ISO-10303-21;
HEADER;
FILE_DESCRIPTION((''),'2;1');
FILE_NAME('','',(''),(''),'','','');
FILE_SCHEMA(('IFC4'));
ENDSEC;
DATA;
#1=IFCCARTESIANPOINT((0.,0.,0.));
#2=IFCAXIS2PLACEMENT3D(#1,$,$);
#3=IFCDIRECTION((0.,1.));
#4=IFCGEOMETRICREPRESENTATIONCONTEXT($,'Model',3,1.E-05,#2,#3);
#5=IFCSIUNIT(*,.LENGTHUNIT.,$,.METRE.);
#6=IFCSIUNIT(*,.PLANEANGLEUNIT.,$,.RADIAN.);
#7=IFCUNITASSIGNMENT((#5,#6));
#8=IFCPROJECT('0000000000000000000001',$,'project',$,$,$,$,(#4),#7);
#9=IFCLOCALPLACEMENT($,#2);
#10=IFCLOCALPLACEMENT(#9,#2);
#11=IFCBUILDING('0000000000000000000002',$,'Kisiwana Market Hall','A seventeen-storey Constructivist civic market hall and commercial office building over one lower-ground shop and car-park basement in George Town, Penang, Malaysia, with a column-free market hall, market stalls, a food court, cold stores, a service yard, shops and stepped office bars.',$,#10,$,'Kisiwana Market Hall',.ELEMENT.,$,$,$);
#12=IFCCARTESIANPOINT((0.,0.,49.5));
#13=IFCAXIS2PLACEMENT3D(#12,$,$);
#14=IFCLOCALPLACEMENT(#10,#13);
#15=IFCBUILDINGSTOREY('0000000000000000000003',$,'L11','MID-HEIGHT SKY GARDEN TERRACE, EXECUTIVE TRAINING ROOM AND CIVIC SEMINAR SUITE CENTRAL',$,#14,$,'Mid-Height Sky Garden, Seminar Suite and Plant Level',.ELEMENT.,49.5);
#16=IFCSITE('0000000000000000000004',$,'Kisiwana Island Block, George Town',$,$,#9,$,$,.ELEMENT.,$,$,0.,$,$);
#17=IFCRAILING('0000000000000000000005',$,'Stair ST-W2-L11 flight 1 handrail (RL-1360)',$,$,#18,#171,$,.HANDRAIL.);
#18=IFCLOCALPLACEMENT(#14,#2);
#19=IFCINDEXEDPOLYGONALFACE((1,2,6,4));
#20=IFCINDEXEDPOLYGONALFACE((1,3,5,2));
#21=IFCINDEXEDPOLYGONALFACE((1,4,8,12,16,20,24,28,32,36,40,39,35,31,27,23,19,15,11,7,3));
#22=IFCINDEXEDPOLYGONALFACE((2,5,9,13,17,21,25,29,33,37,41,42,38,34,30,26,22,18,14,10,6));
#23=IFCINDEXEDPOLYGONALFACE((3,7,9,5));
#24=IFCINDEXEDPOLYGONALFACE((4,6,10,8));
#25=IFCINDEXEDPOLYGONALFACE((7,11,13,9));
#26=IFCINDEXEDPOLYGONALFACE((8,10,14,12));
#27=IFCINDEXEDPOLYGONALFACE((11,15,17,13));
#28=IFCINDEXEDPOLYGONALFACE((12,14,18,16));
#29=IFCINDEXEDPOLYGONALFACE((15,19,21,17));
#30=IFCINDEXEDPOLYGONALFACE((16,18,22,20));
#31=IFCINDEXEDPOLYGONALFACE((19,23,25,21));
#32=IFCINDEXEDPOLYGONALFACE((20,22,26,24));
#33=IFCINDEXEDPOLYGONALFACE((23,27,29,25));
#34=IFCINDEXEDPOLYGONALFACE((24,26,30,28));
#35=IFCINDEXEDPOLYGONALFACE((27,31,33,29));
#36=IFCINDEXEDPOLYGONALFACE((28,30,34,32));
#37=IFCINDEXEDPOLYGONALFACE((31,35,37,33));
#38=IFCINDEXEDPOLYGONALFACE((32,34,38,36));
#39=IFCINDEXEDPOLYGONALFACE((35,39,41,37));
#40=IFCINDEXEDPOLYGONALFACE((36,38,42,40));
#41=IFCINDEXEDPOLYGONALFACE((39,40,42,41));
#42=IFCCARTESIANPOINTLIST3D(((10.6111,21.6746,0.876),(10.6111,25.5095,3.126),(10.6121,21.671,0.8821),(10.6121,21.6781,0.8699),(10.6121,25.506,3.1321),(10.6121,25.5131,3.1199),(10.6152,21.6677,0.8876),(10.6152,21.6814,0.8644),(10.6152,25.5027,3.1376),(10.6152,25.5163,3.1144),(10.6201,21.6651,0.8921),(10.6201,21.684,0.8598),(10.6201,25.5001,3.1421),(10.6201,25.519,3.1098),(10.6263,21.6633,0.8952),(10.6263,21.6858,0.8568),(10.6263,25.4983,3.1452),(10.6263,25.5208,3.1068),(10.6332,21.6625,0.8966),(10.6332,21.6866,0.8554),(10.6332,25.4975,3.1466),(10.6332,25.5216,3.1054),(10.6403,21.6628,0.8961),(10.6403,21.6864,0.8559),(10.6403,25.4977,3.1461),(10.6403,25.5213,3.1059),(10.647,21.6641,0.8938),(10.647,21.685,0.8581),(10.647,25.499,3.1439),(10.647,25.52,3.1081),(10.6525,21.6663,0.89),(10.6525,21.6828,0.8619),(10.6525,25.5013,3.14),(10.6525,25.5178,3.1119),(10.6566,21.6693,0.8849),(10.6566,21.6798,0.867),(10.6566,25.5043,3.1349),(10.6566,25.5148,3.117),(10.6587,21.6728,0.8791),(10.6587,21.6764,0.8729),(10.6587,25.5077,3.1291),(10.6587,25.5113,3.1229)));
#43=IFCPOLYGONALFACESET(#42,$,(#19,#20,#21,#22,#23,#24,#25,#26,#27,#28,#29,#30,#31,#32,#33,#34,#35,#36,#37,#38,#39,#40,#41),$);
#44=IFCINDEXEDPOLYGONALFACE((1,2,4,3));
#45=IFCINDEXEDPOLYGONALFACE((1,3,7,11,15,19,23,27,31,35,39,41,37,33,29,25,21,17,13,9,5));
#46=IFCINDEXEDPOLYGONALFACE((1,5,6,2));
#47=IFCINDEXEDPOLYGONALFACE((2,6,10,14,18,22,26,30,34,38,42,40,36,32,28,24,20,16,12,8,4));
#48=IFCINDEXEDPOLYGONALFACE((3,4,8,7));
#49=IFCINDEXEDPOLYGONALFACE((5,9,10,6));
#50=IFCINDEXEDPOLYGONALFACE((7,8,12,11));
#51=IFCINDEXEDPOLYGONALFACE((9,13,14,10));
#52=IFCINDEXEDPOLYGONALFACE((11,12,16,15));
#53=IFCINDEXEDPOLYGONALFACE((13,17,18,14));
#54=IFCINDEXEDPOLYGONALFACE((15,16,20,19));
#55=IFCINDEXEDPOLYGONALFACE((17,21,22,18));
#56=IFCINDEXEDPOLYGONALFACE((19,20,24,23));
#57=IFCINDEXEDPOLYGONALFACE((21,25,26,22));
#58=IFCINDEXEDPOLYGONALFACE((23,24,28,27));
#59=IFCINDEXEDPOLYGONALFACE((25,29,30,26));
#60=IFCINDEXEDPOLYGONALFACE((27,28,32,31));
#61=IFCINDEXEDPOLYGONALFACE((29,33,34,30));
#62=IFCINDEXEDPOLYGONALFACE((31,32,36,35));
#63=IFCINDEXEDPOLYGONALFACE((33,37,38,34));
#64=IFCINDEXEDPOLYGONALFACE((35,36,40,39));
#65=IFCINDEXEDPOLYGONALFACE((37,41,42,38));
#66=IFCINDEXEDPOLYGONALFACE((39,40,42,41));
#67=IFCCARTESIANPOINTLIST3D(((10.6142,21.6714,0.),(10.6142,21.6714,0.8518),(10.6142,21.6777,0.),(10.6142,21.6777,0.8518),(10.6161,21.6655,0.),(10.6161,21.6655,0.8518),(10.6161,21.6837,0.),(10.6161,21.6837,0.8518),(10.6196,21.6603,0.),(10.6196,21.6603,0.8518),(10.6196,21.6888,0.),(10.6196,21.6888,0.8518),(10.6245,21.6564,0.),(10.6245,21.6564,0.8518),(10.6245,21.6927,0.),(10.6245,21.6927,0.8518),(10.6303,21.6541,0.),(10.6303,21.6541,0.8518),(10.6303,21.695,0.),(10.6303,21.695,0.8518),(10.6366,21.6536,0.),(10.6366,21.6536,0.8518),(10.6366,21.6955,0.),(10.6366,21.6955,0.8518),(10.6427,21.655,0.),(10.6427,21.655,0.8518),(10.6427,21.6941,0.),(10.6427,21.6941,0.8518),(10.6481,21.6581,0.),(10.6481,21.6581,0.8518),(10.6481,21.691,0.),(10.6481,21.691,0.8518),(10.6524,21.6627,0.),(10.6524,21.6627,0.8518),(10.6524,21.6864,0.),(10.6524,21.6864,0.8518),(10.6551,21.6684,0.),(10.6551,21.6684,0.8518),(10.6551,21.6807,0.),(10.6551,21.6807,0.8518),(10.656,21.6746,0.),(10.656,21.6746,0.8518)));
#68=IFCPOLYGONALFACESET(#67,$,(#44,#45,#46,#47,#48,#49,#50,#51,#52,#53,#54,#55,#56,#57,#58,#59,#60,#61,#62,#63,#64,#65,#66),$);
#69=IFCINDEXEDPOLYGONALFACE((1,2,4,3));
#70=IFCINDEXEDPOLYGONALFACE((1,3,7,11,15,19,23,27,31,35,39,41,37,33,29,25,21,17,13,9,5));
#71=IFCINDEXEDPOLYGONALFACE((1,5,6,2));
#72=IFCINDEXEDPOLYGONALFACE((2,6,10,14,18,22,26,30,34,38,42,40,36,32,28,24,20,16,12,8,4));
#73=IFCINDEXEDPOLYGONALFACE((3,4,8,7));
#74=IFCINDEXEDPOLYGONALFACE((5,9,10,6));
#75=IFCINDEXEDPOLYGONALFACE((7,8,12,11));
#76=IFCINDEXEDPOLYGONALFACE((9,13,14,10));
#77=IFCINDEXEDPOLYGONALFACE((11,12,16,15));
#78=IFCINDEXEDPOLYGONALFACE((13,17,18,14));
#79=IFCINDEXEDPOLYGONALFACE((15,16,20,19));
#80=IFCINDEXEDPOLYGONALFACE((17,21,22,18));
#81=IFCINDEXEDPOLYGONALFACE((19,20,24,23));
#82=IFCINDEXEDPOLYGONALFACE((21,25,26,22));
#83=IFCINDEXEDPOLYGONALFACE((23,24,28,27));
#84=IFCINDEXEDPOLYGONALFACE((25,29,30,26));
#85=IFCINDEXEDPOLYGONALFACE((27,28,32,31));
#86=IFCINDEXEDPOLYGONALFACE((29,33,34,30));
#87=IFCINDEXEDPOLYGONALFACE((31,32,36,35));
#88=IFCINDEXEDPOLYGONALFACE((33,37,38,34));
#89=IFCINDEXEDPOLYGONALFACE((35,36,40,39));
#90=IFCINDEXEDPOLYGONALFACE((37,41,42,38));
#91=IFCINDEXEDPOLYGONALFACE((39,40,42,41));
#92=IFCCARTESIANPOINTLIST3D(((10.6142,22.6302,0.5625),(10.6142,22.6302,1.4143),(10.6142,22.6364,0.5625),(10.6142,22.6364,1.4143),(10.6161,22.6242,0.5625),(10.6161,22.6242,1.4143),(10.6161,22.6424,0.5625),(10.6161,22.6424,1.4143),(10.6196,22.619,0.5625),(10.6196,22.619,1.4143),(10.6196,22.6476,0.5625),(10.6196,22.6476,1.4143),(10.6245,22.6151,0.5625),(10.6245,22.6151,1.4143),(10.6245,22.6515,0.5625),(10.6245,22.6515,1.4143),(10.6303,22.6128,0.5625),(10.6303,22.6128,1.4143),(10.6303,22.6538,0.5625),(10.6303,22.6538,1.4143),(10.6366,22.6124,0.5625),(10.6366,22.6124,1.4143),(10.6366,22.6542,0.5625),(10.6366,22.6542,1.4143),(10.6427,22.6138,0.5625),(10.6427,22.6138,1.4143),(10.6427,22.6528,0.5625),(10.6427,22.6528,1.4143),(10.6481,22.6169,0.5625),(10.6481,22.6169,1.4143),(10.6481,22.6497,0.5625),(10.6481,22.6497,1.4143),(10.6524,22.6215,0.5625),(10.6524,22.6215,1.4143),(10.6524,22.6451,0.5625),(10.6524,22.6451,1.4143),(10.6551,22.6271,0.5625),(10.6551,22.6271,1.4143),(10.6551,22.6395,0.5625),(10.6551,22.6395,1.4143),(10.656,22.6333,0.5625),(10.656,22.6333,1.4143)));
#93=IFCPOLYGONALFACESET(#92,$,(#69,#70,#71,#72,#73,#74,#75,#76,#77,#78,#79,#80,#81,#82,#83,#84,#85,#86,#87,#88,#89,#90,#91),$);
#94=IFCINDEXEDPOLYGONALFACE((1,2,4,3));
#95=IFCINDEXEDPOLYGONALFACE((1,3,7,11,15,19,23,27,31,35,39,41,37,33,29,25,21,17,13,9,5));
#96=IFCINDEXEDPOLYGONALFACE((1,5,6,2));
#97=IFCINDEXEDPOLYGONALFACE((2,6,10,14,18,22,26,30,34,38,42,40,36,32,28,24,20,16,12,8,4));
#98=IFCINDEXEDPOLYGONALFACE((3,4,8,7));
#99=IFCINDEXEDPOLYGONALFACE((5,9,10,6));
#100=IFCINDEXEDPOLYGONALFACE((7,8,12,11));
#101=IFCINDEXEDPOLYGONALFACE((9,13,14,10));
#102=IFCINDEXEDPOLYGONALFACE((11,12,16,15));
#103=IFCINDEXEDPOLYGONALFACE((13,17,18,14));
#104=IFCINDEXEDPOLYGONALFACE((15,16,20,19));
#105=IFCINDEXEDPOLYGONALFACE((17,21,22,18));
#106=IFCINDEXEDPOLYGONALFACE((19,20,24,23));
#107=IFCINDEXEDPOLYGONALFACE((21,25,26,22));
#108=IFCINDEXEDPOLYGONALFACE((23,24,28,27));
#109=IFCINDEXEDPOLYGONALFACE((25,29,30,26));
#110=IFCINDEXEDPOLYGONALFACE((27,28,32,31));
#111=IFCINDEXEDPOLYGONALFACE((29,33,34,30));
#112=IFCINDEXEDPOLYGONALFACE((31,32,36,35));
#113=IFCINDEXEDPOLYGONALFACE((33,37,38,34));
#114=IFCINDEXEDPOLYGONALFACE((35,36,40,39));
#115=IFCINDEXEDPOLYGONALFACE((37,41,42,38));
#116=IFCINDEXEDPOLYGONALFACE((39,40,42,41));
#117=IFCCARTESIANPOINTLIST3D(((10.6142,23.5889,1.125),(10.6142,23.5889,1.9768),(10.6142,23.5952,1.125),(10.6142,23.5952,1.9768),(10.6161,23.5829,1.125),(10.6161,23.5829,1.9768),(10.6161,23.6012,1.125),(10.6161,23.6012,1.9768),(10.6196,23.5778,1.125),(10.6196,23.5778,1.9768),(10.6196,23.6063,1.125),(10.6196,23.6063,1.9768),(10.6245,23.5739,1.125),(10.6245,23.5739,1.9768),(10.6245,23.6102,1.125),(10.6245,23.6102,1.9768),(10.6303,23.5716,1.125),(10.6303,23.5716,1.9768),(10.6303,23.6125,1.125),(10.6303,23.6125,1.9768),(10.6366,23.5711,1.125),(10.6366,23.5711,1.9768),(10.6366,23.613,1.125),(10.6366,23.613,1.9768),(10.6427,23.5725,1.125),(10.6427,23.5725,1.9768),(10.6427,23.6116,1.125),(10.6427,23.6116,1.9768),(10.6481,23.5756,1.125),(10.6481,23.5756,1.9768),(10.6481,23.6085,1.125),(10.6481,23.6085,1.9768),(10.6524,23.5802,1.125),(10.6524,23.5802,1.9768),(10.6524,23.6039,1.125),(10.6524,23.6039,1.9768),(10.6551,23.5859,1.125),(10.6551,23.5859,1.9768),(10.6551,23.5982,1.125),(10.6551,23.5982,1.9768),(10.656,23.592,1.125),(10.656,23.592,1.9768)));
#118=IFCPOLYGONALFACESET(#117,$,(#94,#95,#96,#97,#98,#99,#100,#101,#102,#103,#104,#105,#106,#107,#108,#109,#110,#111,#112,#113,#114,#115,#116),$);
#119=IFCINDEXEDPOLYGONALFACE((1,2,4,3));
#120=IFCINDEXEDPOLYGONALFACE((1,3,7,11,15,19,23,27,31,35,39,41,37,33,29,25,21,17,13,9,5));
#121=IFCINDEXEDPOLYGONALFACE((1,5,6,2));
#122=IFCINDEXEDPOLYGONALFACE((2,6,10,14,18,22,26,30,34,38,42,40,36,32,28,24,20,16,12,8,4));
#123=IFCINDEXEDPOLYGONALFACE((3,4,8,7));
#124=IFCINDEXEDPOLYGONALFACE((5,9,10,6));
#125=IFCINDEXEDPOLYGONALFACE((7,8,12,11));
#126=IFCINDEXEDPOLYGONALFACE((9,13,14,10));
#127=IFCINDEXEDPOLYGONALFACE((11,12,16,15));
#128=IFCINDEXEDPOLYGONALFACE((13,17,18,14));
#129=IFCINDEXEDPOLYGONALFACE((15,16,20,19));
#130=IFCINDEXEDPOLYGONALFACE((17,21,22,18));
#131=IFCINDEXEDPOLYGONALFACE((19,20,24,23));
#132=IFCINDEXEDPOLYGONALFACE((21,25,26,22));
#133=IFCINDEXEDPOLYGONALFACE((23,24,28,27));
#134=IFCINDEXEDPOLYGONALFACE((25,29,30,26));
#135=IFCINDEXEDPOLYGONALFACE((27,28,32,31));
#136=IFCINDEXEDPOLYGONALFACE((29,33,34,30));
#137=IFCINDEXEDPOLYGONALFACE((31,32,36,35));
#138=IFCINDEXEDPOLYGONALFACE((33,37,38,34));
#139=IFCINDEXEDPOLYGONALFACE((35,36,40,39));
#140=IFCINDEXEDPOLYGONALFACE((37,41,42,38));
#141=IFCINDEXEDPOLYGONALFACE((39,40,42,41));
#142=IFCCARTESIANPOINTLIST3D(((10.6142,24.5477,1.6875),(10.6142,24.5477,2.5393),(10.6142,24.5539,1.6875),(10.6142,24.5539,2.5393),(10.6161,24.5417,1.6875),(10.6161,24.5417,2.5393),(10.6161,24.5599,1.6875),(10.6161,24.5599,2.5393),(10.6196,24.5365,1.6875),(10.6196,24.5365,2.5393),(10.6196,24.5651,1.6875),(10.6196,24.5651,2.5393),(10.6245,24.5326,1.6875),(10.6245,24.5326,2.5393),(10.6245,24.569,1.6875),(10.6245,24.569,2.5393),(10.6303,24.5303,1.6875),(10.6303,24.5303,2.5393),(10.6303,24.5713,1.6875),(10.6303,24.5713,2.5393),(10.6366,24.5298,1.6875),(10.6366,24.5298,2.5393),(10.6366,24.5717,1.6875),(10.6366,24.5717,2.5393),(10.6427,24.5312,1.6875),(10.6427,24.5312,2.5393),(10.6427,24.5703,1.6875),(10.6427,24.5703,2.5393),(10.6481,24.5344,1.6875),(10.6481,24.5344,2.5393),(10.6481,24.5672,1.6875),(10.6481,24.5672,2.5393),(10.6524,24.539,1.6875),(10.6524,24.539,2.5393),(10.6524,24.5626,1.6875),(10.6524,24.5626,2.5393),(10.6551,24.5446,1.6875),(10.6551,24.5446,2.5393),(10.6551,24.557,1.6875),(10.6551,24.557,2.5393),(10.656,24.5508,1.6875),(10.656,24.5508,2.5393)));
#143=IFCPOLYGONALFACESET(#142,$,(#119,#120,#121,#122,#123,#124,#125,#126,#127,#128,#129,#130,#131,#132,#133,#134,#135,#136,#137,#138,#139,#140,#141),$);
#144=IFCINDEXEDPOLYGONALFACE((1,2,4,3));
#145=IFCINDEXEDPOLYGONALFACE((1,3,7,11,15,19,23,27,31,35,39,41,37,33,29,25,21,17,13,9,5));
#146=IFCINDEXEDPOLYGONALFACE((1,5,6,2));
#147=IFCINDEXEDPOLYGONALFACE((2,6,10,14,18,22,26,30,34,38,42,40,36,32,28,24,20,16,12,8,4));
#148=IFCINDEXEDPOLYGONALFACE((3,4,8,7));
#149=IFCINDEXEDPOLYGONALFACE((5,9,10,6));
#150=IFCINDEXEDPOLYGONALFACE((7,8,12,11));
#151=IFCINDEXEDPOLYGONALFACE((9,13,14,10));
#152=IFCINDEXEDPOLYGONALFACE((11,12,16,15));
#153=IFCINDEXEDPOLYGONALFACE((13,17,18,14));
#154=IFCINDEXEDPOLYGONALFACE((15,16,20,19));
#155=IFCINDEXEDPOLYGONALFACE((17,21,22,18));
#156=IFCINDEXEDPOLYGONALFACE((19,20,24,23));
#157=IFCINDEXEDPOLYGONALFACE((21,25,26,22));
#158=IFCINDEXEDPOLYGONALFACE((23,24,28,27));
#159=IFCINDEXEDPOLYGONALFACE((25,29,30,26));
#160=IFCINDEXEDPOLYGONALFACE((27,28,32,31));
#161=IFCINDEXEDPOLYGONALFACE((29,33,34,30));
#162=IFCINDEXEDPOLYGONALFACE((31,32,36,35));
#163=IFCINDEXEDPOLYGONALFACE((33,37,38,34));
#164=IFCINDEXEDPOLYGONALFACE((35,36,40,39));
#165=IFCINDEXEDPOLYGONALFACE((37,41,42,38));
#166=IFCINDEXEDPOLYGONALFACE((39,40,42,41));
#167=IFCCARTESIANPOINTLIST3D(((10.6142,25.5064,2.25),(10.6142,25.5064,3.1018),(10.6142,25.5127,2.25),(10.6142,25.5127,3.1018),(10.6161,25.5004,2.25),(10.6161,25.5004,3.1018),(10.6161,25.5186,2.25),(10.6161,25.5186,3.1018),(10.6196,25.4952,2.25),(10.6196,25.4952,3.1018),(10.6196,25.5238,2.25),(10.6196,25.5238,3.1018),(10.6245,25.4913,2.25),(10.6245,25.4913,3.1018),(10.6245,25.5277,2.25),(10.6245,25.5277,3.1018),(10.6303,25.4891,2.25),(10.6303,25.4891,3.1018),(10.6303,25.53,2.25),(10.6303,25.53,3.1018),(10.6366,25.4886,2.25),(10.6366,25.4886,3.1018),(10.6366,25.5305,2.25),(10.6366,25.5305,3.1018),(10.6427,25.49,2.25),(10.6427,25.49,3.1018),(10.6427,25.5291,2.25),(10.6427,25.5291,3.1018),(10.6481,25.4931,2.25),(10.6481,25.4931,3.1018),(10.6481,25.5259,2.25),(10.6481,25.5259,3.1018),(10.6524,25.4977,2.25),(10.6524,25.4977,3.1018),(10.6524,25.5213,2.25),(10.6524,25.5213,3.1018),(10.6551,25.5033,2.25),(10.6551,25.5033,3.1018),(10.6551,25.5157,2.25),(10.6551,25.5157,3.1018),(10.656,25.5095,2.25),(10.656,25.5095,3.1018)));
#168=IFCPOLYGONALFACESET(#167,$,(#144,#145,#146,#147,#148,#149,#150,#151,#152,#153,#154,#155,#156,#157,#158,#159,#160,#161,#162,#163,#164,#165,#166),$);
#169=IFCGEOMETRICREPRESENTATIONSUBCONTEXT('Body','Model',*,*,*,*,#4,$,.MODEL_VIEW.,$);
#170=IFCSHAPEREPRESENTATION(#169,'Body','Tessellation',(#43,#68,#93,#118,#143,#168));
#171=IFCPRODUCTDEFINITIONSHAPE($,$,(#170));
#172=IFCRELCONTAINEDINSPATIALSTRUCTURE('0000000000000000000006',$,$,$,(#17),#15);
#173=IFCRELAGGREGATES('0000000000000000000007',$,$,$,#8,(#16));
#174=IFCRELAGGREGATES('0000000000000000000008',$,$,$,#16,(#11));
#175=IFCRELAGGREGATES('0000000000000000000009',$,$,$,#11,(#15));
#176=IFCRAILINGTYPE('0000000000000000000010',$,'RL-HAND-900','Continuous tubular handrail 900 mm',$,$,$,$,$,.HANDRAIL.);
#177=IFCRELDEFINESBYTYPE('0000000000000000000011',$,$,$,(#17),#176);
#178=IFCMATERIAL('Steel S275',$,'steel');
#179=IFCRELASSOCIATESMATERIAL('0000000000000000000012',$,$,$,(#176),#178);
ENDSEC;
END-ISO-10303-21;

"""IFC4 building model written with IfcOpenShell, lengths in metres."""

from ifc_helpers import new_model, si_unit, direction, frame, origin, origin_2d, place, context, subcontext, project, spatial, circle, extrude, material, type_object, element, save


model = new_model("IFC4")

# Units and contexts
model_context = context("Model", 3, precision=1e-05, world=origin(), true_north=direction((0.0, 1.0)))
body_context = subcontext(model_context, "Body", "Model", "MODEL_VIEW")
ifc_project = project(units=[si_unit("LENGTHUNIT", "METRE"), si_unit("PLANEANGLEUNIT", "RADIAN")], contexts=[model_context])

# Site, building, storey
site_placement = place(None, origin())
site = spatial("IfcSite", under=ifc_project, at=site_placement, Name="Kisiwana Island Block, George Town", CompositionType="ELEMENT", RefElevation=0.0)
building_placement = place(site_placement, origin())
building = spatial("IfcBuilding", under=site, at=building_placement, Name="Kisiwana Market Hall", Description="A seventeen-storey Constructivist civic market hall and commercial office building over one lower-ground shop and car-park basement in George Town, Penang, Malaysia, with a column-free market hall, market stalls, a food court, cold stores, a service yard, shops and stepped office bars.", LongName="Kisiwana Market Hall", CompositionType="ELEMENT")
storey_placement = place(building_placement, frame((0.0, 0.0, 49.5)))
storey = spatial("IfcBuildingStorey", under=building, at=storey_placement, Name="L11", Description="MID-HEIGHT SKY GARDEN TERRACE, EXECUTIVE TRAINING ROOM AND CIVIC SEMINAR SUITE CENTRAL", LongName="Mid-Height Sky Garden, Seminar Suite and Plant Level", CompositionType="ELEMENT", Elevation=49.5)

# Railing
ifc_material_1 = material(Name="Steel S275", Category="steel")
railing_type_1 = type_object("IfcRailingType", Name="RL-HAND-900", Description="Continuous tubular handrail 900 mm", PredefinedType="HANDRAIL", material=ifc_material_1)
railing_1_placement = place(storey_placement, frame((10.635, 21.6746, 0.0)))
element("IfcRailing", 1, at=railing_1_placement, inside=storey, type_object=railing_type_1, Name="Stair ST-W2-L11 flight 1 handrail (RL-1360)", PredefinedType="HANDRAIL", context=body_context, shape_type="SweptSolid", body=[
    extrude(circle(Radius=0.0239, at=origin_2d()), frame((0.0, 0.0, 0.876), z_axis=(0.0, 0.86251, 0.506041), x_axis=(-1.0, 0.0, 0.0)), (0.0, 0.0, 1.0), 4.4463),
    extrude(circle(Radius=0.021, at=origin_2d()), origin(), (0.0, 0.0, 1.0), 0.8518),
    extrude(circle(Radius=0.021, at=origin_2d()), frame((0.0, 0.9587, 0.5625)), (0.0, 0.0, 1.0), 0.8518),
    extrude(circle(Radius=0.021, at=origin_2d()), frame((0.0, 1.9175, 1.125)), (0.0, 0.0, 1.0), 0.8518),
    extrude(circle(Radius=0.021, at=origin_2d()), frame((0.0, 2.8762, 1.6875)), (0.0, 0.0, 1.0), 0.8518),
    extrude(circle(Radius=0.021, at=origin_2d()), frame((0.0, 3.835, 2.25)), (0.0, 0.0, 1.0), 0.8518),
])

save(model, "model.ifc")
